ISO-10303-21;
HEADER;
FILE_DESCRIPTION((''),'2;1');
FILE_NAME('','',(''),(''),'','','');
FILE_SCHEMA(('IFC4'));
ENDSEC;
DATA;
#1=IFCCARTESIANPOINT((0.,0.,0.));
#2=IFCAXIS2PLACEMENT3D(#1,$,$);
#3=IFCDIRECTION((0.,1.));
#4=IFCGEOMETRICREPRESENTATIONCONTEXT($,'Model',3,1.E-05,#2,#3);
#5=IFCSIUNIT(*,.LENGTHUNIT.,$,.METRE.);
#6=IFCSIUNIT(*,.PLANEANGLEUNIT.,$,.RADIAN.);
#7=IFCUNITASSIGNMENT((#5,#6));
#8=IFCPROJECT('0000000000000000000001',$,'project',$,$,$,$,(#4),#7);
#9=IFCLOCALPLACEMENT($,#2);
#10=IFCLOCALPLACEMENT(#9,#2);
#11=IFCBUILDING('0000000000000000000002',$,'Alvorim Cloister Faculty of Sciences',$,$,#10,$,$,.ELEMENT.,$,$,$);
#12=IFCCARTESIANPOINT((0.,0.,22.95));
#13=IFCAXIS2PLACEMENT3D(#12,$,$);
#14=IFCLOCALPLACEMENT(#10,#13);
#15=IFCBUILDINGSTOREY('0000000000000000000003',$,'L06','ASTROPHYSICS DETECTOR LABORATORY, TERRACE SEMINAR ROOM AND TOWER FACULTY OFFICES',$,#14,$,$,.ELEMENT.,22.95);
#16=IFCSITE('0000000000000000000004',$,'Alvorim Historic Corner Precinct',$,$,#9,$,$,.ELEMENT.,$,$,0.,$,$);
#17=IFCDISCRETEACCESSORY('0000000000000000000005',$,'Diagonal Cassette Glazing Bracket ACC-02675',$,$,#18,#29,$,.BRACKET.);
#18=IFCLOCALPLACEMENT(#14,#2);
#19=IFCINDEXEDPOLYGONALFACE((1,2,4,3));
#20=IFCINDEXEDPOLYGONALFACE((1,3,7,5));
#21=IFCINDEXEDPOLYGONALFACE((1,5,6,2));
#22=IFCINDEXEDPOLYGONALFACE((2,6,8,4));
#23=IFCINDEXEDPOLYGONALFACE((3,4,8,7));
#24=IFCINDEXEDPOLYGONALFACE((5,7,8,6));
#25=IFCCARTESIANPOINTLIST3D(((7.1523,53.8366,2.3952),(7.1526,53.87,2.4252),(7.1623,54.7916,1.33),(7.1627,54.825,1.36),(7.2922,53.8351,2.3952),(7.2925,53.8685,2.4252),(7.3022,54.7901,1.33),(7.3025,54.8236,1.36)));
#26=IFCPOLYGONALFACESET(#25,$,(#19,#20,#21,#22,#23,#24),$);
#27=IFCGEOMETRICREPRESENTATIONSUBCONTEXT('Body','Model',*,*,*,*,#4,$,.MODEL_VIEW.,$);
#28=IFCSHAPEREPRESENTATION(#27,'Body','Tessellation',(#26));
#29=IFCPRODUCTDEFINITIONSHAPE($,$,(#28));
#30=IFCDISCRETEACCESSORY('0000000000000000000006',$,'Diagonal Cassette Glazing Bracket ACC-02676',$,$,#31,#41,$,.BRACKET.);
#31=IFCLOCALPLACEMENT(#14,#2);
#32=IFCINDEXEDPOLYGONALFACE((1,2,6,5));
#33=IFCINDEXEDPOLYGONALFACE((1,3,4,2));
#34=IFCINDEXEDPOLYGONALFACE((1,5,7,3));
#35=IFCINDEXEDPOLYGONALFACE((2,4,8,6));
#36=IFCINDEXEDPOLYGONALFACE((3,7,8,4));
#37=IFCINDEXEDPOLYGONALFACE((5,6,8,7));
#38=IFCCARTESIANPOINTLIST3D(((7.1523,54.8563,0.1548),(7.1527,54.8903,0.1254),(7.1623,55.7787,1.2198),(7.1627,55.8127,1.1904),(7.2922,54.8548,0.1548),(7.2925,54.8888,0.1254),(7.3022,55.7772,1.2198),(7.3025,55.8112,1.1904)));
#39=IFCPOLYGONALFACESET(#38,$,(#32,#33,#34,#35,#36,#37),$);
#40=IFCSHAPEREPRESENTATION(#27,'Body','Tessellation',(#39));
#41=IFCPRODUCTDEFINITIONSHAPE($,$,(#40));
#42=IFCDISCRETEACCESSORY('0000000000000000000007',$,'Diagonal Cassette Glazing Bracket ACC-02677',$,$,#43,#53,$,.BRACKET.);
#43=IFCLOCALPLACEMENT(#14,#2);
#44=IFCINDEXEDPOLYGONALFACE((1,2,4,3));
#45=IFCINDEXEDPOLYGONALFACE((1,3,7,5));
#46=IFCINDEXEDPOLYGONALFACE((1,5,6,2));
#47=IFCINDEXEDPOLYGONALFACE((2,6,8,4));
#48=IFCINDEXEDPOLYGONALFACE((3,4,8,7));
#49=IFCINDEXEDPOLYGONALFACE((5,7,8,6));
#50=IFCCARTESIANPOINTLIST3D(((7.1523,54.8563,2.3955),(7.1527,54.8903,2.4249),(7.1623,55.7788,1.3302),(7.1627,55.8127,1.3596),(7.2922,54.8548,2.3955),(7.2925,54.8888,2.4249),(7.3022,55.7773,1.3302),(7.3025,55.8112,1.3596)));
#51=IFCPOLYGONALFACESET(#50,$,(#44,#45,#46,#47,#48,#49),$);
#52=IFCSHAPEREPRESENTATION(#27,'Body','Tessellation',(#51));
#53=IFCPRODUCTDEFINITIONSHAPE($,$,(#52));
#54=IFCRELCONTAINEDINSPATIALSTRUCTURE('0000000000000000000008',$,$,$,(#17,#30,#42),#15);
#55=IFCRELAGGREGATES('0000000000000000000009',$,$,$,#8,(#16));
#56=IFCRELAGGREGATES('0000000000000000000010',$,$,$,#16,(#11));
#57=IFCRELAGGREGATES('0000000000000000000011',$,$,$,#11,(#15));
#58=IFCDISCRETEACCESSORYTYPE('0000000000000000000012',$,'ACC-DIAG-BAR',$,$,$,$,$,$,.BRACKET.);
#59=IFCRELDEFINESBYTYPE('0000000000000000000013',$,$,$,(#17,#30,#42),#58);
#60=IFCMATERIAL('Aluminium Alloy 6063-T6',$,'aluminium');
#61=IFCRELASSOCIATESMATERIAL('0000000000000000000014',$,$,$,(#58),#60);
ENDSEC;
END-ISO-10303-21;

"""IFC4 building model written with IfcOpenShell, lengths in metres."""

from ifc_helpers import new_model, si_unit, direction, frame, origin, origin_2d, place, context, subcontext, project, spatial, rectangle, extrude, material, type_object, element, save


model = new_model("IFC4")

# Units and contexts
model_context = context("Model", 3, precision=1e-05, world=origin(), true_north=direction((0.0, 1.0)))
body_context = subcontext(model_context, "Body", "Model", "MODEL_VIEW")
ifc_project = project(units=[si_unit("LENGTHUNIT", "METRE"), si_unit("PLANEANGLEUNIT", "RADIAN")], contexts=[model_context])

# Site, building, storey
site_placement = place(None, origin())
site = spatial("IfcSite", under=ifc_project, at=site_placement, Name="Alvorim Historic Corner Precinct", CompositionType="ELEMENT", RefElevation=0.0)
building_placement = place(site_placement, origin())
building = spatial("IfcBuilding", under=site, at=building_placement, Name="Alvorim Cloister Faculty of Sciences", CompositionType="ELEMENT")
storey_placement = place(building_placement, frame((0.0, 0.0, 22.95)))
storey = spatial("IfcBuildingStorey", under=building, at=storey_placement, Name="L06", Description="ASTROPHYSICS DETECTOR LABORATORY, TERRACE SEMINAR ROOM AND TOWER FACULTY OFFICES", CompositionType="ELEMENT", Elevation=22.95)

# Shared definitions
ifc_material_1 = material(Name="Aluminium Alloy 6063-T6", Category="aluminium")

# Discrete accessories
discrete_accessory_type = type_object("IfcDiscreteAccessoryType", Name="ACC-DIAG-BAR", PredefinedType="BRACKET", material=ifc_material_1)
discrete_accessory_1_placement = place(storey_placement, frame((7.2224, 53.8525, 2.4102), z_axis=(0.006996, 0.667561, -0.744522), x_axis=(-0.999945, 0.01048, 0.0)))
element("IfcDiscreteAccessory", 1, at=discrete_accessory_1_placement, inside=storey, type_object=discrete_accessory_type, Name="Diagonal Cassette Glazing Bracket ACC-02675", PredefinedType="BRACKET", context=body_context, shape_type="SweptSolid", body=[
    extrude(rectangle(XDim=0.1399, YDim=0.0449, at=origin_2d()), origin(), (0.0, 0.0, 1.0), 1.4307),
])
discrete_accessory_2_placement = place(storey_placement, frame((7.2224, 54.8726, 0.1401), z_axis=(0.007105, 0.654676, 0.755876), x_axis=(-0.999941, 0.010852, 0.0)))
element("IfcDiscreteAccessory", 2, at=discrete_accessory_2_placement, inside=storey, type_object=discrete_accessory_type, Name="Diagonal Cassette Glazing Bracket ACC-02676", PredefinedType="BRACKET", context=body_context, shape_type="SweptSolid", body=[
    extrude(rectangle(XDim=0.1399, YDim=0.0449, at=origin_2d()), origin(), (0.0, 0.0, 1.0), 1.4089),
])
discrete_accessory_3_placement = place(storey_placement, frame((7.2224, 54.8726, 2.4102), z_axis=(0.007104, 0.654591, -0.75595), x_axis=(-0.999941, 0.010852, 0.0)))
element("IfcDiscreteAccessory", 3, at=discrete_accessory_3_placement, inside=storey, type_object=discrete_accessory_type, Name="Diagonal Cassette Glazing Bracket ACC-02677", PredefinedType="BRACKET", context=body_context, shape_type="SweptSolid", body=[
    extrude(rectangle(XDim=0.1399, YDim=0.0449, at=origin_2d()), origin(), (0.0, 0.0, 1.0), 1.4092),
])

save(model, "model.ifc")
